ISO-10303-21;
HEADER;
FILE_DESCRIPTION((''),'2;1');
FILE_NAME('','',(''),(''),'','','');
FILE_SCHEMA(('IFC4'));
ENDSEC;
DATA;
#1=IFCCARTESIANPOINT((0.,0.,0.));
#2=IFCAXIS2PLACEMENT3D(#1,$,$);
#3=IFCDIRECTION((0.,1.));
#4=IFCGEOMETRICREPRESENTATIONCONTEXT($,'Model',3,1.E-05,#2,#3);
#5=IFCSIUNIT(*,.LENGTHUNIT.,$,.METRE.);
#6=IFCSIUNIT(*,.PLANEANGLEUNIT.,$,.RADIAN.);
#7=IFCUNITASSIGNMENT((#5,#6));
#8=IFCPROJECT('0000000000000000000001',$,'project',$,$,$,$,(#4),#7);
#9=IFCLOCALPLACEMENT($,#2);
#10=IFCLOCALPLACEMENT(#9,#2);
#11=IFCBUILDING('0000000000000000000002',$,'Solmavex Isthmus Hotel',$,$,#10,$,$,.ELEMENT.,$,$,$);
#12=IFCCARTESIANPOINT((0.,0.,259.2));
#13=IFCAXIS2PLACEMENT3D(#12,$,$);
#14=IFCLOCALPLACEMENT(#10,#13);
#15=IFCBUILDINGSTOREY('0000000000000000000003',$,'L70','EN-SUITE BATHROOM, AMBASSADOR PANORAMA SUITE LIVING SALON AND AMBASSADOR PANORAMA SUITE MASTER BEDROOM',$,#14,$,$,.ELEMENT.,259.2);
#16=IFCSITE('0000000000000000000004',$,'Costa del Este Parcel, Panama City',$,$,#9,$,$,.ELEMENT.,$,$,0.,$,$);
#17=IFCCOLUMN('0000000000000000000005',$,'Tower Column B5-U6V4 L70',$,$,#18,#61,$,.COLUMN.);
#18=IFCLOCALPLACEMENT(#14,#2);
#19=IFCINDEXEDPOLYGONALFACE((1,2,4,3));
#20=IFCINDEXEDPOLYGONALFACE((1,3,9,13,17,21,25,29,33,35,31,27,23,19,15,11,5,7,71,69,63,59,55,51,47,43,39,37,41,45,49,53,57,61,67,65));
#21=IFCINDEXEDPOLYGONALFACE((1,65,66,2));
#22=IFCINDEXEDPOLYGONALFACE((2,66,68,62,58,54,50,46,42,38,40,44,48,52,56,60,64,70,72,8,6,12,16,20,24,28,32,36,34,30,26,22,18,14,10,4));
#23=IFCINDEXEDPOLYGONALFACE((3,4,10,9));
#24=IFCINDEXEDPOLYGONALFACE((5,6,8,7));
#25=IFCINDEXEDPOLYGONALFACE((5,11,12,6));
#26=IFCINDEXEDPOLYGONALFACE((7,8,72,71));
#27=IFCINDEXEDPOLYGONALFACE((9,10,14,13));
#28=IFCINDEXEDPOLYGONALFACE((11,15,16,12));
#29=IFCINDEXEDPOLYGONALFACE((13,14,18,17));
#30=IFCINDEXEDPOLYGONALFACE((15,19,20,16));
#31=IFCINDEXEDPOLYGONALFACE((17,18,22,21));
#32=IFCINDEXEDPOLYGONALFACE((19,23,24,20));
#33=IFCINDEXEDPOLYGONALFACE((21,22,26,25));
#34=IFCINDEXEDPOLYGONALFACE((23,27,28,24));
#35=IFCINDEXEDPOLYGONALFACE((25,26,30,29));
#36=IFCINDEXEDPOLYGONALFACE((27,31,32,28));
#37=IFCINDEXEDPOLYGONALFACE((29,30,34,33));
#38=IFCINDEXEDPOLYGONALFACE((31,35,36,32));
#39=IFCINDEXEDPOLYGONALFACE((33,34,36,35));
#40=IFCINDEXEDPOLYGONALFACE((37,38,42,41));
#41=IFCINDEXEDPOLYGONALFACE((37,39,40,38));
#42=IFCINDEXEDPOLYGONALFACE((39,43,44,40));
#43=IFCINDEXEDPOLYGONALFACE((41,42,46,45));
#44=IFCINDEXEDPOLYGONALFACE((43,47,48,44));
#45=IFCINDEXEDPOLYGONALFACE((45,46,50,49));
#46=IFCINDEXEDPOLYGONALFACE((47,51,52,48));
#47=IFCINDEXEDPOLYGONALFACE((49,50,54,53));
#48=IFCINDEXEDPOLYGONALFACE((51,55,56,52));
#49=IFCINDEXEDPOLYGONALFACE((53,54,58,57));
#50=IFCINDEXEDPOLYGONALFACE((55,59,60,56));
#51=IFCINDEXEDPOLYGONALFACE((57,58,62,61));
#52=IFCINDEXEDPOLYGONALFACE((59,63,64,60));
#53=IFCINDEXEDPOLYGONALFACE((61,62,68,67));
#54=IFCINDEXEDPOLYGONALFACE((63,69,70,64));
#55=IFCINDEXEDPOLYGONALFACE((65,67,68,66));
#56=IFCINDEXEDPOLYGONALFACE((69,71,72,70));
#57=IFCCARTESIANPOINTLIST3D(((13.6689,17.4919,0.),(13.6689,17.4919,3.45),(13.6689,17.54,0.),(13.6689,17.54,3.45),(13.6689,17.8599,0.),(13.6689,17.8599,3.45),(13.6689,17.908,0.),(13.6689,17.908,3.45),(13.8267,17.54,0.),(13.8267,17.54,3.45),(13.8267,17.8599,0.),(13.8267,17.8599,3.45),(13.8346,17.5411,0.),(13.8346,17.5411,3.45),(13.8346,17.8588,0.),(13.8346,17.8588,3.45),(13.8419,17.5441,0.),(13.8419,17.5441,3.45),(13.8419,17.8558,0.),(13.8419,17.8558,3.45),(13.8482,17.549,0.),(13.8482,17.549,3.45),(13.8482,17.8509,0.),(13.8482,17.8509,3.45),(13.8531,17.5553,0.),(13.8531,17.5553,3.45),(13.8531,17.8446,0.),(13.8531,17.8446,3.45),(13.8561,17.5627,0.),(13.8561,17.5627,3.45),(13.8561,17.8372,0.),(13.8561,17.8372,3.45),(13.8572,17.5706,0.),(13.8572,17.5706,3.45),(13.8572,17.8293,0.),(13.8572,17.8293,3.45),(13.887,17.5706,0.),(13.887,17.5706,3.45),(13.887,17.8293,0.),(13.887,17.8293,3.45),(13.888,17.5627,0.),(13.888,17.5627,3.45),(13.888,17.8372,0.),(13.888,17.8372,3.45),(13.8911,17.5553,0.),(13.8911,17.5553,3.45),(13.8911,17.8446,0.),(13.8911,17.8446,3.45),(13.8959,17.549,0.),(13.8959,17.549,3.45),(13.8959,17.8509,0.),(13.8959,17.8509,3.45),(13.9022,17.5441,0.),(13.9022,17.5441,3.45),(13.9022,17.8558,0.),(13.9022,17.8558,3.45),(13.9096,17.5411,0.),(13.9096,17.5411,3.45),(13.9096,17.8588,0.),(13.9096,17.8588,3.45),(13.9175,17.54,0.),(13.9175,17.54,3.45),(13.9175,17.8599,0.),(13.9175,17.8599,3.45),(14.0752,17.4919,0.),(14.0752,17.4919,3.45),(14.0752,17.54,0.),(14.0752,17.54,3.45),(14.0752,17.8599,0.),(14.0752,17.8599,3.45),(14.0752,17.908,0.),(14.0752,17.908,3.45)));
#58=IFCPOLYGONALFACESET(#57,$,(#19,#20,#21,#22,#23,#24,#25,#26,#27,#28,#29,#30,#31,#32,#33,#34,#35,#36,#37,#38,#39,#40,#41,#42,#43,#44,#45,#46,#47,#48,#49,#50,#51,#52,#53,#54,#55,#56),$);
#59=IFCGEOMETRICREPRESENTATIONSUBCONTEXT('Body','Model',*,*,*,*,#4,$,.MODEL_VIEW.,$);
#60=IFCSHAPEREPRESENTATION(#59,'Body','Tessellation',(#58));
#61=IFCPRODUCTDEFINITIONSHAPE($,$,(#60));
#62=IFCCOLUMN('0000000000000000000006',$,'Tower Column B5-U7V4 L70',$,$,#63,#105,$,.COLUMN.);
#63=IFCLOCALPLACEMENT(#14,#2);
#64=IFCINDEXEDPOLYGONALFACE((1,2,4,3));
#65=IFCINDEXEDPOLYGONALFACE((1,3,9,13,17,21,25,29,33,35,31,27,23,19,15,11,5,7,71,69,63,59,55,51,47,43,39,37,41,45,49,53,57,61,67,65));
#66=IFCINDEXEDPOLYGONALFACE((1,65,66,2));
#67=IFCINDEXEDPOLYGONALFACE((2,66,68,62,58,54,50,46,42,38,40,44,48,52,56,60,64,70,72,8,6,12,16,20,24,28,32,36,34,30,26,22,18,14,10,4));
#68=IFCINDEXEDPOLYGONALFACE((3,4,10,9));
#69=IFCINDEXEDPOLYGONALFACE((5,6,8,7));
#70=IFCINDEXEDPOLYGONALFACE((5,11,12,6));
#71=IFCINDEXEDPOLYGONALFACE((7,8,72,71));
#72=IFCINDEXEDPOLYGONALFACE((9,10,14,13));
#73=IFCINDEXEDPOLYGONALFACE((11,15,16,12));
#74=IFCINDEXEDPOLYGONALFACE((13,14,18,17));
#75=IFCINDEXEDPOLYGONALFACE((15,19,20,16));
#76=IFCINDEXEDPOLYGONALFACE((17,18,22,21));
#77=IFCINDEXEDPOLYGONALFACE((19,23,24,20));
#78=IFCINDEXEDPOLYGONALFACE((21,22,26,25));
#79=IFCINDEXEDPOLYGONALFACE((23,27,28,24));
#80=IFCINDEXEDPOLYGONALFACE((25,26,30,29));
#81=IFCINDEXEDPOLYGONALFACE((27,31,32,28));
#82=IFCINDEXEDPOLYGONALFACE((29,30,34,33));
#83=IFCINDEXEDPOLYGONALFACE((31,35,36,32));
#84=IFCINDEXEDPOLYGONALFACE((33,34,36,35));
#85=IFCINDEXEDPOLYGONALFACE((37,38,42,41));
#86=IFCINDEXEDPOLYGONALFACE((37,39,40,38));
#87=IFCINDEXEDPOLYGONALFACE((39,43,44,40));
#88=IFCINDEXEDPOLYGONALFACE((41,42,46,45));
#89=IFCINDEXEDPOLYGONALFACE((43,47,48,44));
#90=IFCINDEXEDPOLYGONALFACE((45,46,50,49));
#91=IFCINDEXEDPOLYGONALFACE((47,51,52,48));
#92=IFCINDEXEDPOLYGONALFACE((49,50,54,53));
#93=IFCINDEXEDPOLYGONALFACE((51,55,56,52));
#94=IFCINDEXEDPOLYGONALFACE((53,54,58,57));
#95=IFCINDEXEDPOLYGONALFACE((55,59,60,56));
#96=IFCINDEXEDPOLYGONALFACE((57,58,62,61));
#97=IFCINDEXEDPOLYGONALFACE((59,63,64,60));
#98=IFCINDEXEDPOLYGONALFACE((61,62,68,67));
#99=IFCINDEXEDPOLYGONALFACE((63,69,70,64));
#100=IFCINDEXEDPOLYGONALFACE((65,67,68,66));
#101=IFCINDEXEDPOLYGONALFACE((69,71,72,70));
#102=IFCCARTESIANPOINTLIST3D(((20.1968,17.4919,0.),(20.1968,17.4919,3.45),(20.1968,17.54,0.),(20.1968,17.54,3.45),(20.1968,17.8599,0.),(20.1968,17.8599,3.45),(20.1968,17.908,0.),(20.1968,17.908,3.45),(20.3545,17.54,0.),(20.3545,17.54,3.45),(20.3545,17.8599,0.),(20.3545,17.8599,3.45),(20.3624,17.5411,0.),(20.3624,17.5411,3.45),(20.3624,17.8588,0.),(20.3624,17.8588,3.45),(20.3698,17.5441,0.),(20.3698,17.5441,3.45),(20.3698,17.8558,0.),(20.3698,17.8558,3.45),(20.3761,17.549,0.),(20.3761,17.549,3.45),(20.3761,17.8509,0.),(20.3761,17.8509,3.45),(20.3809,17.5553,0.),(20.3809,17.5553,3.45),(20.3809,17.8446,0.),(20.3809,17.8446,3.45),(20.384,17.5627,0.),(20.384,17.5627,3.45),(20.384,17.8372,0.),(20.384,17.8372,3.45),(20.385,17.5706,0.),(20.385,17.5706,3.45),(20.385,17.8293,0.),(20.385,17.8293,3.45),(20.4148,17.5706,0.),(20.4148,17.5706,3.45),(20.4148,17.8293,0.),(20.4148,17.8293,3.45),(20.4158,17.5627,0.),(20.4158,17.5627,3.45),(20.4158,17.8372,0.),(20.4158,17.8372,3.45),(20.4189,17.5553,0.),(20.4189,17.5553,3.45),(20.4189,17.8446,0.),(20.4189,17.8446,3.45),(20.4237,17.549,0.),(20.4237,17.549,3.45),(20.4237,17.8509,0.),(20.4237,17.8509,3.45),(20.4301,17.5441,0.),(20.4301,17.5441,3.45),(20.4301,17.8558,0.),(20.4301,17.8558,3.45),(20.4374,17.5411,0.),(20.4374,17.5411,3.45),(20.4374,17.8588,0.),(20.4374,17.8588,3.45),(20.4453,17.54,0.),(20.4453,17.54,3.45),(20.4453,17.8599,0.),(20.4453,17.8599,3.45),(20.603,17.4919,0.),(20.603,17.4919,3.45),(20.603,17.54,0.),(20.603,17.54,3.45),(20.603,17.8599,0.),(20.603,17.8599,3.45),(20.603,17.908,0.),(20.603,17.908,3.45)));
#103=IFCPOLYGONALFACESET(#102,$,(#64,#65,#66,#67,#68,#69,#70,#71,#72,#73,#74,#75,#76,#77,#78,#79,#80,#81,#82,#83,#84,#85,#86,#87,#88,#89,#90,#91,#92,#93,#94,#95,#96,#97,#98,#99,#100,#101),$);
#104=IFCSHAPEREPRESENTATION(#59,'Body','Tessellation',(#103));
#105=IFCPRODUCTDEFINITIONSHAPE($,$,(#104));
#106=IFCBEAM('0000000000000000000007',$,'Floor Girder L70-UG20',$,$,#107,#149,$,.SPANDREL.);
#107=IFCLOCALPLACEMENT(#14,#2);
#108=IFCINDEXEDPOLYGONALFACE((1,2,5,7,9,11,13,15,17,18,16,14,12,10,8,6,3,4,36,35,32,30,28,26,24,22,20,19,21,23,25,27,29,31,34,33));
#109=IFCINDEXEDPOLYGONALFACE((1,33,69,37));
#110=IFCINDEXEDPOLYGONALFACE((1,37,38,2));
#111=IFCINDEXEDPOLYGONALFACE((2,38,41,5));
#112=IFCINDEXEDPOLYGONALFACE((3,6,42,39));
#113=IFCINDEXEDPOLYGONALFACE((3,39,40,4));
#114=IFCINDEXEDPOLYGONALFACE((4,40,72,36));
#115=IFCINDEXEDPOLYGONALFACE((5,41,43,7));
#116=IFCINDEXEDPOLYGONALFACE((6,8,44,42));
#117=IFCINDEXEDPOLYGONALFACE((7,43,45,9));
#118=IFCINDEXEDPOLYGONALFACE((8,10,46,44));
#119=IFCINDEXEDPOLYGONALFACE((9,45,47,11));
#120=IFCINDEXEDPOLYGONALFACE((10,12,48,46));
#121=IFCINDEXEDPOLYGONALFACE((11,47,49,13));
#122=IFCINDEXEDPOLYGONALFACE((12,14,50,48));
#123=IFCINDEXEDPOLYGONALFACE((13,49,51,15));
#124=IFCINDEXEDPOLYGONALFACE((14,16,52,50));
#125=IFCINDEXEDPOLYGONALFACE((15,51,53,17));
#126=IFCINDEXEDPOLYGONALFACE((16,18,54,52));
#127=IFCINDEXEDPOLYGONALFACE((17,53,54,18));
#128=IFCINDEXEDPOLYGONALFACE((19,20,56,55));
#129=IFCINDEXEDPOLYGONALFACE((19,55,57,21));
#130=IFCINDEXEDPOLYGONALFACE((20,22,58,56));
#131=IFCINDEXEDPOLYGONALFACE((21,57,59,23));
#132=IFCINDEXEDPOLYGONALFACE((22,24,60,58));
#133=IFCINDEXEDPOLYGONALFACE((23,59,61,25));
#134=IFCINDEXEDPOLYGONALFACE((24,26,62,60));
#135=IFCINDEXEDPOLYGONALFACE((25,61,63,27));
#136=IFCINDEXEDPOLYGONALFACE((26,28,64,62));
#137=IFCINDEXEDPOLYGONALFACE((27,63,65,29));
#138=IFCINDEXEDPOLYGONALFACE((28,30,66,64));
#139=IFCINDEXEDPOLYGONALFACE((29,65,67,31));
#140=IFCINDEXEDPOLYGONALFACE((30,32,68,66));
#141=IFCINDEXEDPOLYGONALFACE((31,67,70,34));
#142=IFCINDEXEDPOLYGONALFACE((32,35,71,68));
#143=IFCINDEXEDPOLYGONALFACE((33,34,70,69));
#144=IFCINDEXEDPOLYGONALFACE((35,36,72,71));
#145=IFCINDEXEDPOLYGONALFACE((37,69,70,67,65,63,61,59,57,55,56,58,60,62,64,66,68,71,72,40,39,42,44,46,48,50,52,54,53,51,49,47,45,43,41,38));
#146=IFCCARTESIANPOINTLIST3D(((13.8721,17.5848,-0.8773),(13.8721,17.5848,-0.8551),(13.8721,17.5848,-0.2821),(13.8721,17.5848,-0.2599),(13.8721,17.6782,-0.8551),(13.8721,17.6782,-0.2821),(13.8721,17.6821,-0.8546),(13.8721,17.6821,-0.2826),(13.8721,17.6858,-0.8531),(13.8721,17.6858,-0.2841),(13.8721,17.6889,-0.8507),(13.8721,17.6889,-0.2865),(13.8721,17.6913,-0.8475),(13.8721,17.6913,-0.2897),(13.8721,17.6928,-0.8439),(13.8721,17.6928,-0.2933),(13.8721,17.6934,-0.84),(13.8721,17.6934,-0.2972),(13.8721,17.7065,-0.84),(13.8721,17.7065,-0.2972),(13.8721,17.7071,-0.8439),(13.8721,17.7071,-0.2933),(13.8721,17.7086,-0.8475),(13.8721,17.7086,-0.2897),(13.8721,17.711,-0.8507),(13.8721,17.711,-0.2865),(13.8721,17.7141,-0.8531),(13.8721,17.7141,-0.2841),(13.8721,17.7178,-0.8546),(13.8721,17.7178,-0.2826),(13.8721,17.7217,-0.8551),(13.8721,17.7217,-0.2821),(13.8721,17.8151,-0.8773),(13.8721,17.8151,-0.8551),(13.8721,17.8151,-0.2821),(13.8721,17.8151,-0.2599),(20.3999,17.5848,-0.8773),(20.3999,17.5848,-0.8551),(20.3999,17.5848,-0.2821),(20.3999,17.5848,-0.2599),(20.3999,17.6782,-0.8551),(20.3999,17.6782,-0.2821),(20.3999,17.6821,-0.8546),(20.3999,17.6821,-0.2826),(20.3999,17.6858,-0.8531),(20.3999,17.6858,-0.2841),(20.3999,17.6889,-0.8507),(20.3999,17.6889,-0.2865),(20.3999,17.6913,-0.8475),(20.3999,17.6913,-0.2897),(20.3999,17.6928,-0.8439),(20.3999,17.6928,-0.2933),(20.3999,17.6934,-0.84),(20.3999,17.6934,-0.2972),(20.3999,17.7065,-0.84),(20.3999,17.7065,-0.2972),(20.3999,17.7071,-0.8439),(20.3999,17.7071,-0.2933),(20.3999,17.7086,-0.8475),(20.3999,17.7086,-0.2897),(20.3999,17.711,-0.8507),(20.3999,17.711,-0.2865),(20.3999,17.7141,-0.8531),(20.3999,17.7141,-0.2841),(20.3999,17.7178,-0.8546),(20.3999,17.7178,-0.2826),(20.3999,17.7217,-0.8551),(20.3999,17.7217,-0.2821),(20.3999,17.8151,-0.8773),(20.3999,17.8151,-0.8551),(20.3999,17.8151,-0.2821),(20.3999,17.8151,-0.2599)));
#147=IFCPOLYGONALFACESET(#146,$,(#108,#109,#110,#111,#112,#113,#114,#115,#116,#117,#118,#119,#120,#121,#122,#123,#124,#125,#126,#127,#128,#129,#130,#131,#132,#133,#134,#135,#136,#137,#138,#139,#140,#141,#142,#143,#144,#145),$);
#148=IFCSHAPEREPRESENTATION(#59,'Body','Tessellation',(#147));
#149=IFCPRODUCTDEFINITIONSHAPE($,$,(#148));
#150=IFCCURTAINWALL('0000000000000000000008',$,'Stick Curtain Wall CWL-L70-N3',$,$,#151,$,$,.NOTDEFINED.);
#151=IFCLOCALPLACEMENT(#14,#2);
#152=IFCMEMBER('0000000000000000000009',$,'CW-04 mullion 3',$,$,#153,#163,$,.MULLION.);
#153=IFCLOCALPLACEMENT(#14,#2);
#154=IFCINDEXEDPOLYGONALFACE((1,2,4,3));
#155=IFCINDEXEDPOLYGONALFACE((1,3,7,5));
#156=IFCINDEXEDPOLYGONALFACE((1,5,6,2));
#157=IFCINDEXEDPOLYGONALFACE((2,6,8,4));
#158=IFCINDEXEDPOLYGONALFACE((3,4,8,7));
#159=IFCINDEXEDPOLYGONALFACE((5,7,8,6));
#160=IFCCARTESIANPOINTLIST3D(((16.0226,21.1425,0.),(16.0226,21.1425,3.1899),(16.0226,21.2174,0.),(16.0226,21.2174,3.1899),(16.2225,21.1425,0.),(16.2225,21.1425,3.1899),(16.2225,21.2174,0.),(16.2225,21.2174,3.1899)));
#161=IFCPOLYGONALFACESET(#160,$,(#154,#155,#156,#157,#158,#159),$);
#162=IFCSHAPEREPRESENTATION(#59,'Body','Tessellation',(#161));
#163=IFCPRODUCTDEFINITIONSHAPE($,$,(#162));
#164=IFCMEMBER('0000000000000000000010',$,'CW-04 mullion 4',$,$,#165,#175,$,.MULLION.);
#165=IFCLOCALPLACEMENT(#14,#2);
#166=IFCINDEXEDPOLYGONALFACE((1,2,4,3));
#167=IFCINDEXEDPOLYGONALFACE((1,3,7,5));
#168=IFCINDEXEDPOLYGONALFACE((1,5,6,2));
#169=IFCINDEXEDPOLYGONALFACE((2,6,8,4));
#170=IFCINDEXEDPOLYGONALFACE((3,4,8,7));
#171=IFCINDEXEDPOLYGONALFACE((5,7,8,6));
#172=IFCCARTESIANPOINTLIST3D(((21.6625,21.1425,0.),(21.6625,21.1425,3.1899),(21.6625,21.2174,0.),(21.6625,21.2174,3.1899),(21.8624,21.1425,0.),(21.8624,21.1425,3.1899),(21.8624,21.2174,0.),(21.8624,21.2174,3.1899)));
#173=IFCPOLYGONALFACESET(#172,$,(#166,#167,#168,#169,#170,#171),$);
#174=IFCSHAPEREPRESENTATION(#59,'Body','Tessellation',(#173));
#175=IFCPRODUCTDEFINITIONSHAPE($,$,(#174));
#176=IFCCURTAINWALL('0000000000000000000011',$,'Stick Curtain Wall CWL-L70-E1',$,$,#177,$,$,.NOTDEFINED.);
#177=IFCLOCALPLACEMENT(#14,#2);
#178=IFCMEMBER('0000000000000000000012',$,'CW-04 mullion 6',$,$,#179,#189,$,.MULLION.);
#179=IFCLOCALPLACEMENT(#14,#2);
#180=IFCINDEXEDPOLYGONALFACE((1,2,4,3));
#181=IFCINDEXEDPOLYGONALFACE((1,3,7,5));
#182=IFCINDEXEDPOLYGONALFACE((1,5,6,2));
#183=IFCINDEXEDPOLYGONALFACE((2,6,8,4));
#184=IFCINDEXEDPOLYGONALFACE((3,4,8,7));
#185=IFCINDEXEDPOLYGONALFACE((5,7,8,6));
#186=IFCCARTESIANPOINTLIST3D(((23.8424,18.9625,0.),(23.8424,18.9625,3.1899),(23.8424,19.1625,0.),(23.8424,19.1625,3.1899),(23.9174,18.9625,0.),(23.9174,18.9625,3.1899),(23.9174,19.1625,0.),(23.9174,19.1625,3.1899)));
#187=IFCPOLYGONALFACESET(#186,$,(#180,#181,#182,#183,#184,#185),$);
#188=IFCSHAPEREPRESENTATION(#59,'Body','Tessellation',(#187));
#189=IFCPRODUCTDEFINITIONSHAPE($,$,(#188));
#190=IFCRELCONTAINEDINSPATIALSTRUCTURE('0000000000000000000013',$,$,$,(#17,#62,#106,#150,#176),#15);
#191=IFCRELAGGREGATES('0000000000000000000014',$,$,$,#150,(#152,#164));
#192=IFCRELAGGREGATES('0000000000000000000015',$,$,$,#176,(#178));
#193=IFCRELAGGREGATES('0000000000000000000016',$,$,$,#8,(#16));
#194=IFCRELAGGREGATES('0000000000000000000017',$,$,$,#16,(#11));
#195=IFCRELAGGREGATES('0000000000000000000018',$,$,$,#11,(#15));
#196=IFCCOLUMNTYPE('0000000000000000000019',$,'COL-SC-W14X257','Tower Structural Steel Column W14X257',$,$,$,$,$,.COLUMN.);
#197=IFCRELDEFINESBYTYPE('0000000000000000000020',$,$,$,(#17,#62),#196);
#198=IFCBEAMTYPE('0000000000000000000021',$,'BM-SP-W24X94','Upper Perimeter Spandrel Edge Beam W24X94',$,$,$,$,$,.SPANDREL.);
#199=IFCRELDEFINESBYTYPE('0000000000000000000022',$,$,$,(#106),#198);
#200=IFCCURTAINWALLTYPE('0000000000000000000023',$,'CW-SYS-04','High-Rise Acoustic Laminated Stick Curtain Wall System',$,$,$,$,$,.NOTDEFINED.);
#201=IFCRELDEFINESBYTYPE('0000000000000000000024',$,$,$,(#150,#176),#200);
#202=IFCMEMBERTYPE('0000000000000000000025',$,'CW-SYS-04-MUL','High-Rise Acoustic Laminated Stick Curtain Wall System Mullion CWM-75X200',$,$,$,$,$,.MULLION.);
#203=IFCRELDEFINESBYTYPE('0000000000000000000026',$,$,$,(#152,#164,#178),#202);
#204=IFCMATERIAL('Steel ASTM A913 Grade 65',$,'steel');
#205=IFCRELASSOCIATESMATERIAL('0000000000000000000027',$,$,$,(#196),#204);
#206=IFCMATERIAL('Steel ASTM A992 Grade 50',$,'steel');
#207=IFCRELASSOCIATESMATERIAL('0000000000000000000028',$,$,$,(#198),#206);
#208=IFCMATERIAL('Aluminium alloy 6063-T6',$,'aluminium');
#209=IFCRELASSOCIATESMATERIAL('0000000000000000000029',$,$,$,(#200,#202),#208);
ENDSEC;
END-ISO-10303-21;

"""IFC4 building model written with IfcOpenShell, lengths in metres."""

from ifc_helpers import new_model, si_unit, direction, frame, origin, origin_2d, place, context, subcontext, project, spatial, rectangle, i_section, extrude, material, material_profile, profile_set, type_object, element, aggregate, save


model = new_model("IFC4")

# Units and contexts
model_context = context("Model", 3, precision=1e-05, world=origin(), true_north=direction((0.0, 1.0)))
body_context = subcontext(model_context, "Body", "Model", "MODEL_VIEW")
ifc_project = project(units=[si_unit("LENGTHUNIT", "METRE"), si_unit("PLANEANGLEUNIT", "RADIAN")], contexts=[model_context])

# Site, building, storey
site_placement = place(None, origin())
site = spatial("IfcSite", under=ifc_project, at=site_placement, Name="Costa del Este Parcel, Panama City", CompositionType="ELEMENT", RefElevation=0.0)
building_placement = place(site_placement, origin())
building = spatial("IfcBuilding", under=site, at=building_placement, Name="Solmavex Isthmus Hotel", CompositionType="ELEMENT")
storey_placement = place(building_placement, frame((0.0, 0.0, 259.2)))
storey = spatial("IfcBuildingStorey", under=building, at=storey_placement, Name="L70", Description="EN-SUITE BATHROOM, AMBASSADOR PANORAMA SUITE LIVING SALON AND AMBASSADOR PANORAMA SUITE MASTER BEDROOM", CompositionType="ELEMENT", Elevation=259.2)

# Columns
ifc_material_1 = material(Name="Steel ASTM A913 Grade 65", Category="steel")
ifc_material_profile_1 = material_profile(ifc_material_1, i_section(OverallWidth=0.4062, OverallDepth=0.416, WebThickness=0.0298, FlangeThickness=0.0481, FilletRadius=0.0305, at=origin_2d()), Name="W14X257")
ifc_profile_set_1 = profile_set([ifc_material_profile_1], Name="Steel ASTM A913 Grade 65")
column_type = type_object("IfcColumnType", Name="COL-SC-W14X257", Description="Tower Structural Steel Column W14X257", PredefinedType="COLUMN", material=ifc_profile_set_1)
for number, where, z_axis, x_axis, name in (
    (1, (13.8721, 17.7, 0.0), (0.0, 0.0, 1.0), (1.0, 0.0, 0.0), "Tower Column B5-U6V4 L70"),
    (2, (20.3999, 17.7, 0.0), (0.0, 0.0, 1.0), (1.0, 0.0, 0.0), "Tower Column B5-U7V4 L70"),
):
    element("IfcColumn", number, at=place(storey_placement, frame(where, z_axis=z_axis, x_axis=x_axis)), inside=storey, type_object=column_type, Name=name, PredefinedType="COLUMN", context=body_context, shape_type="SweptSolid", body=[
        extrude(i_section(OverallWidth=0.4062, OverallDepth=0.416, WebThickness=0.0298, FlangeThickness=0.0481, FilletRadius=0.0305, at=origin_2d()), origin(), (0.0, 0.0, 1.0), 3.45),
    ])

# Beam
ifc_material_2 = material(Name="Steel ASTM A992 Grade 50", Category="steel")
ifc_material_profile_2 = material_profile(ifc_material_2, i_section(OverallWidth=0.2302, OverallDepth=0.6174, WebThickness=0.0132, FlangeThickness=0.0222, FilletRadius=0.0151, at=origin_2d()), Name="W24X94")
ifc_profile_set_2 = profile_set([ifc_material_profile_2], Name="Steel ASTM A992 Grade 50")
beam_type = type_object("IfcBeamType", Name="BM-SP-W24X94", Description="Upper Perimeter Spandrel Edge Beam W24X94", PredefinedType="SPANDREL", material=ifc_profile_set_2)
beam_placement = place(storey_placement, frame((13.8721, 17.7, -0.5686), z_axis=(1.0, 0.0, 0.0), x_axis=(0.0, 1.0, 0.0)))
element("IfcBeam", 3, at=beam_placement, inside=storey, type_object=beam_type, Name="Floor Girder L70-UG20", PredefinedType="SPANDREL", context=body_context, shape_type="SweptSolid", body=[
    extrude(i_section(OverallWidth=0.2302, OverallDepth=0.6174, WebThickness=0.0132, FlangeThickness=0.0222, FilletRadius=0.0151, at=origin_2d()), origin(), (0.0, 0.0, 1.0), 6.5278),
])

# Curtain wall, members
ifc_material_3 = material(Name="Aluminium alloy 6063-T6", Category="aluminium")
curtain_wall_type = type_object("IfcCurtainWallType", Name="CW-SYS-04", Description="High-Rise Acoustic Laminated Stick Curtain Wall System", PredefinedType="NOTDEFINED", material=ifc_material_3)
curtain_wall_1_placement = place(storey_placement, origin())
curtain_wall_1 = element("IfcCurtainWall", 4, at=curtain_wall_1_placement, inside=storey, type_object=curtain_wall_type, Name="Stick Curtain Wall CWL-L70-N3", PredefinedType="NOTDEFINED")
ifc_material_profile_3 = material_profile(ifc_material_3, rectangle(XDim=0.075, YDim=0.2, at=origin_2d()), Name="CWM-75X200")
ifc_profile_set_3 = profile_set([ifc_material_profile_3], Name="Aluminium alloy 6063-T6")
member_type_1 = type_object("IfcMemberType", Name="CW-SYS-04-MUL", Description="High-Rise Acoustic Laminated Stick Curtain Wall System Mullion CWM-75X200", PredefinedType="MULLION", material=ifc_profile_set_3)
member_1_placement = place(storey_placement, frame((16.1226, 21.1799, 0.0), z_axis=(0.0, 0.0, 1.0), x_axis=(0.0, 1.0, 0.0)))
member_1 = element("IfcMember", 5, at=member_1_placement, type_object=member_type_1, Name="CW-04 mullion 3", PredefinedType="MULLION", context=body_context, shape_type="SweptSolid", body=[
    extrude(rectangle(XDim=0.075, YDim=0.2, at=origin_2d()), origin(), (0.0, 0.0, 1.0), 3.1899),
])
member_2_placement = place(storey_placement, frame((21.7625, 21.1799, 0.0), z_axis=(0.0, 0.0, 1.0), x_axis=(0.0, 1.0, 0.0)))
member_2 = element("IfcMember", 6, at=member_2_placement, type_object=member_type_1, Name="CW-04 mullion 4", PredefinedType="MULLION", context=body_context, shape_type="SweptSolid", body=[
    extrude(rectangle(XDim=0.075, YDim=0.2, at=origin_2d()), origin(), (0.0, 0.0, 1.0), 3.1899),
])

# Curtain wall, member
curtain_wall_2_placement = place(storey_placement, origin())
curtain_wall_2 = element("IfcCurtainWall", 7, at=curtain_wall_2_placement, inside=storey, type_object=curtain_wall_type, Name="Stick Curtain Wall CWL-L70-E1", PredefinedType="NOTDEFINED")
member_3_placement = place(storey_placement, frame((23.8799, 19.0625, 0.0), z_axis=(0.0, 0.0, 1.0), x_axis=(-1.0, 0.0, 0.0)))
member_3 = element("IfcMember", 8, at=member_3_placement, type_object=member_type_1, Name="CW-04 mullion 6", PredefinedType="MULLION", context=body_context, shape_type="SweptSolid", body=[
    extrude(rectangle(XDim=0.075, YDim=0.2, at=origin_2d()), origin(), (0.0, 0.0, 1.0), 3.1899),
])

aggregate(curtain_wall_1, [member_1, member_2])
aggregate(curtain_wall_2, [member_3])

save(model, "model.ifc")
